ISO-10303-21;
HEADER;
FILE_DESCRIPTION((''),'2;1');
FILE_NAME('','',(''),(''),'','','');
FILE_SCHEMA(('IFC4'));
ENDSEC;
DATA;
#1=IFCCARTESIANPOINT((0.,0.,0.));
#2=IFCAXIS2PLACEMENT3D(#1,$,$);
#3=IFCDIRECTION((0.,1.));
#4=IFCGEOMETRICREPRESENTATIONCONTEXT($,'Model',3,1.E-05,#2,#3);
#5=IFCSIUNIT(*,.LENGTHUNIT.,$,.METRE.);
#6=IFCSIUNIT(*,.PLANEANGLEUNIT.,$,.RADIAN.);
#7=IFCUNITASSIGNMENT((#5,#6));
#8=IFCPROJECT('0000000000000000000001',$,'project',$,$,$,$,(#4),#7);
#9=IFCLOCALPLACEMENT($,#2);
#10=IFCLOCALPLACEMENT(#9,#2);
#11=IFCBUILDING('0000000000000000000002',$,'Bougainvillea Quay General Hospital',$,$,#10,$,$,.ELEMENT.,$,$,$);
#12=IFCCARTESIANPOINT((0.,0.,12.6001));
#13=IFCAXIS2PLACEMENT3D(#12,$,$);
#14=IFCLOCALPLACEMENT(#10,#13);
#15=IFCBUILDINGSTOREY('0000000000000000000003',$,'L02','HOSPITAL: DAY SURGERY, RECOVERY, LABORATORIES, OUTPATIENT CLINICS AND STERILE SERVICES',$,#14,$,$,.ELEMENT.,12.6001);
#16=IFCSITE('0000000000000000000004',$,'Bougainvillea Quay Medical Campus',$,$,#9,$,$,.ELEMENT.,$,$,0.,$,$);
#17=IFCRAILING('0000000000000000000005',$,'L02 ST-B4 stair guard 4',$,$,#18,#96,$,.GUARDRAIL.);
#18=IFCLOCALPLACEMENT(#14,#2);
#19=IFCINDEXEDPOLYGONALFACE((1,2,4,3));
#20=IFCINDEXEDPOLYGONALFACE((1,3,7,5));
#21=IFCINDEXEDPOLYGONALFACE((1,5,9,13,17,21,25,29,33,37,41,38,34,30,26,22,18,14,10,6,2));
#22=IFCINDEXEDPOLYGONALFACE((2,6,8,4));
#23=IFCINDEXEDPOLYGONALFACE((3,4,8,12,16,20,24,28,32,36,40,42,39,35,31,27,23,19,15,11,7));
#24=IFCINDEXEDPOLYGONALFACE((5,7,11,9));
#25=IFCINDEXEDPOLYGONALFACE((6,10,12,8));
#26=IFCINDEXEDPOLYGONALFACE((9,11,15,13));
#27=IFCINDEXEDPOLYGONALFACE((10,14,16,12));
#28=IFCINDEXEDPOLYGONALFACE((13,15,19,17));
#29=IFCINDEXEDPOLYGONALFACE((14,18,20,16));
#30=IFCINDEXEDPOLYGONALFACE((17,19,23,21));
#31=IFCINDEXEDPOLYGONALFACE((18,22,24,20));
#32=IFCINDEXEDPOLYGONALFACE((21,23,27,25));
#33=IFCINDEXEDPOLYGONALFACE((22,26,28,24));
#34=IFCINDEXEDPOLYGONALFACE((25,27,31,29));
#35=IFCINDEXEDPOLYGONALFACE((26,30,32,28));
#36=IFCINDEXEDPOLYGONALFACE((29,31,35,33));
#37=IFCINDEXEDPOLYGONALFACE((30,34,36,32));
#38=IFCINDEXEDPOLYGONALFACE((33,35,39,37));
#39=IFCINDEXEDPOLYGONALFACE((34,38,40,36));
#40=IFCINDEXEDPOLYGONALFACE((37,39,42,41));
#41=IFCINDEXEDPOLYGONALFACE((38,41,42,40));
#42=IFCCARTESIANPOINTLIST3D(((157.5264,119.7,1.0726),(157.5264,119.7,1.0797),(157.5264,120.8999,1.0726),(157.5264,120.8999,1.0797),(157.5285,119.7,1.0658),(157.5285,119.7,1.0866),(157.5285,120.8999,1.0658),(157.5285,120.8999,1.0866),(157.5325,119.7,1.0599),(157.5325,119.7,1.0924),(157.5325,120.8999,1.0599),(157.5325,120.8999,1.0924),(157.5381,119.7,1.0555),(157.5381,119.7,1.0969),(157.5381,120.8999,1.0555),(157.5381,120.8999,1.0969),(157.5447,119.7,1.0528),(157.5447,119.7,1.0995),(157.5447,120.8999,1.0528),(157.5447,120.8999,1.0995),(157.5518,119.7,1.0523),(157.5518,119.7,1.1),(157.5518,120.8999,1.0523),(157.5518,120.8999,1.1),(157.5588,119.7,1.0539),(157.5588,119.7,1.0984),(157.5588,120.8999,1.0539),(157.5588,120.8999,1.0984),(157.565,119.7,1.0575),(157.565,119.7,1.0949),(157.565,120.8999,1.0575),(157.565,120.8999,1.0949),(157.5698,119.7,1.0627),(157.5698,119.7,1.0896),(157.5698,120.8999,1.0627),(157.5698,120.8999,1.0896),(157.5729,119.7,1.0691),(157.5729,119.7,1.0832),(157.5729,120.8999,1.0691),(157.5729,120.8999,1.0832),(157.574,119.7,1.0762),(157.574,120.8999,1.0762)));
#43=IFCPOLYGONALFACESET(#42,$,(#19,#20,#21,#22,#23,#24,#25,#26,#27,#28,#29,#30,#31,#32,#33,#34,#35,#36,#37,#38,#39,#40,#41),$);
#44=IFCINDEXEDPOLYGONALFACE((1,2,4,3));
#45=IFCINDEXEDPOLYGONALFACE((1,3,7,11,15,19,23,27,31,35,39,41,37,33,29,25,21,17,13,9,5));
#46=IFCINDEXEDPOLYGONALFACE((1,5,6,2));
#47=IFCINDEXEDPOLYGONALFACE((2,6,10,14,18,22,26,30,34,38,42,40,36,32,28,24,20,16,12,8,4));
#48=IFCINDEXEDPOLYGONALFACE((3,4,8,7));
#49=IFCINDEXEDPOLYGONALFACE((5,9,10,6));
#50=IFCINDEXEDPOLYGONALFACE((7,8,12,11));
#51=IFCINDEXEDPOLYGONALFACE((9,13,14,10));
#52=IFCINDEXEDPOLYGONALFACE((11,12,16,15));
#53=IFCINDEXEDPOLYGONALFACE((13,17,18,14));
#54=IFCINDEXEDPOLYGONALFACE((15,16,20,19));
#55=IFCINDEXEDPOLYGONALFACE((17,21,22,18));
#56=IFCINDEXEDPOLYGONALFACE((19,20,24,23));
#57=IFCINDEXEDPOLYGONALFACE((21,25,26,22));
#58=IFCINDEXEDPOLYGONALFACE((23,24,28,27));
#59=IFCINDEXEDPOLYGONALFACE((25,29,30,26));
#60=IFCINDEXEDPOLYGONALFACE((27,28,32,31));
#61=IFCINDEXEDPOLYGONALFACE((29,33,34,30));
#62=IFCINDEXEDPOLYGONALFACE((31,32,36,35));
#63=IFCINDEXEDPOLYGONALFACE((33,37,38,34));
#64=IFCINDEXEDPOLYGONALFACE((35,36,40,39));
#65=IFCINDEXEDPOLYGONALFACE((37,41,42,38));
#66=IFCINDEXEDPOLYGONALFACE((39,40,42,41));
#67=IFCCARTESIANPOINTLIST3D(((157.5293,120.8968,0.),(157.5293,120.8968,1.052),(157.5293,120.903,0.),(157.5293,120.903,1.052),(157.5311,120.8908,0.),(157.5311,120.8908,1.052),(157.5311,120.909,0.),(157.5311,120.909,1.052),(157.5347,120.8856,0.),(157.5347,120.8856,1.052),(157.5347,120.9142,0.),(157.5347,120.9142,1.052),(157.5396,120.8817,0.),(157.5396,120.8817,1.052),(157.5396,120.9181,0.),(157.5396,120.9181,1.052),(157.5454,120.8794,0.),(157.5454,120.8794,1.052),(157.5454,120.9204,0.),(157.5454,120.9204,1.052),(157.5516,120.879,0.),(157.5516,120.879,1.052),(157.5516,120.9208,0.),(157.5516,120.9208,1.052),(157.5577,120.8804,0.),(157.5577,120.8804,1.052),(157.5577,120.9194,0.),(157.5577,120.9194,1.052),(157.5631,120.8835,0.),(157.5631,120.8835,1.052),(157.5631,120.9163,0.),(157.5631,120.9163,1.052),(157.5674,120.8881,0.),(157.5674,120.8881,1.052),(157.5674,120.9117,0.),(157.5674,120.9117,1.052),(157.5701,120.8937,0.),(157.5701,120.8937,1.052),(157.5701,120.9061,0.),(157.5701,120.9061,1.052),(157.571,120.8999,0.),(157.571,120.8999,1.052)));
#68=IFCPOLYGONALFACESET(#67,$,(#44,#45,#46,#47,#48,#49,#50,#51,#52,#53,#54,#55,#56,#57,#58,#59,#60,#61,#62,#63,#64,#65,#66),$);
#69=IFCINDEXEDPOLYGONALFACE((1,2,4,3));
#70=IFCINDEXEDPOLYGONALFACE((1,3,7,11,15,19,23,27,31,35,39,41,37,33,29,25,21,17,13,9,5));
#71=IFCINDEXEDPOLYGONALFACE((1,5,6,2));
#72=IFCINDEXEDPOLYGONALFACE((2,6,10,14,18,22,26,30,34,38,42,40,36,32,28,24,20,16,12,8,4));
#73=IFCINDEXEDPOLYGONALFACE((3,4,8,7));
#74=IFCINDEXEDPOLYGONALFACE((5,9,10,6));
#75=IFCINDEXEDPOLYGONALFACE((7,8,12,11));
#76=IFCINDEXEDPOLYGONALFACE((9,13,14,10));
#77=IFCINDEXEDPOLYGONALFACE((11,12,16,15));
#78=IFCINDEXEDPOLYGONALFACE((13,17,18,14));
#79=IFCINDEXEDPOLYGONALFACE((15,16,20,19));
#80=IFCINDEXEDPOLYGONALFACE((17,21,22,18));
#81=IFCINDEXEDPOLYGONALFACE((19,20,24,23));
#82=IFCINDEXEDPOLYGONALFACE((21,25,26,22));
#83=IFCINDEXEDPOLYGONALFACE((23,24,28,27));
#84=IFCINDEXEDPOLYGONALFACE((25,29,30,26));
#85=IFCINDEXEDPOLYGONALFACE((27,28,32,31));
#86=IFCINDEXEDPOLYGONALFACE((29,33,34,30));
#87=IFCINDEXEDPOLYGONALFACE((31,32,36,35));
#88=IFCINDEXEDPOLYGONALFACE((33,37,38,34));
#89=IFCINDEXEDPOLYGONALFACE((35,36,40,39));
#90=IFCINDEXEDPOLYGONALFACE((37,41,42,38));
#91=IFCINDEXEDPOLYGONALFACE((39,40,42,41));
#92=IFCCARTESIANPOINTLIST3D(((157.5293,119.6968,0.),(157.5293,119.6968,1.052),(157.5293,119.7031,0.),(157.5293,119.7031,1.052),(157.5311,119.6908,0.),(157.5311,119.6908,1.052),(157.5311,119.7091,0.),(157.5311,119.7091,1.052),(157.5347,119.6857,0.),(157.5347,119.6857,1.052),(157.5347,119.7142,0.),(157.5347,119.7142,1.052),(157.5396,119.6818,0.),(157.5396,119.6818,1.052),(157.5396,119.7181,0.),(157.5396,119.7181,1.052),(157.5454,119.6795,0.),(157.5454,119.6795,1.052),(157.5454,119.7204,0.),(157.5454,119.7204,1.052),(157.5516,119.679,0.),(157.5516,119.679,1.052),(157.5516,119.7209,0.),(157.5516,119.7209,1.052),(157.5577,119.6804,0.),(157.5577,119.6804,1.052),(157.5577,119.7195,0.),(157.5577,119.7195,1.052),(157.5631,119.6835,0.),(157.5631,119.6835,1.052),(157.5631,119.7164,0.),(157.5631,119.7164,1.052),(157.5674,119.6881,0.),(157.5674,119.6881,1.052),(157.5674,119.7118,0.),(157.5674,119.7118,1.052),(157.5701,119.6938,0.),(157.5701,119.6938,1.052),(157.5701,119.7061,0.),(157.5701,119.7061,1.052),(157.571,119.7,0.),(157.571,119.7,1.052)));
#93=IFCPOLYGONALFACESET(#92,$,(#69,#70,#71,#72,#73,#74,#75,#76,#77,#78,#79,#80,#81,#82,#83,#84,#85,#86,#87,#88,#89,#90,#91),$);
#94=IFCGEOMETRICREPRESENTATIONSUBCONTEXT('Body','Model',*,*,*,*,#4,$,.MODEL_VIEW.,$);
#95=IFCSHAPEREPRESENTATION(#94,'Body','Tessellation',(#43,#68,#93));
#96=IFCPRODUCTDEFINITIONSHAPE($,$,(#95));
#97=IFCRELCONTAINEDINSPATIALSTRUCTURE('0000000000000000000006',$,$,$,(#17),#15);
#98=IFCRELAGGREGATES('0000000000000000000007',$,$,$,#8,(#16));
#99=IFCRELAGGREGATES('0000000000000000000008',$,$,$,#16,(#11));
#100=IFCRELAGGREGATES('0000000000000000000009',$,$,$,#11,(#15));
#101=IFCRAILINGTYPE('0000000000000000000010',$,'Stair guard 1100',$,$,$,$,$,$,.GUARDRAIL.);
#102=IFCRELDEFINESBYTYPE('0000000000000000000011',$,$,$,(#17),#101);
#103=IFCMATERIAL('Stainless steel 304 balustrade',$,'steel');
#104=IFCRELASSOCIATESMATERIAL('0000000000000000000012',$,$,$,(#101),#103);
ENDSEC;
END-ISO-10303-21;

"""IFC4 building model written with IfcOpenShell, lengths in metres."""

from ifc_helpers import new_model, si_unit, direction, frame, origin, origin_2d, place, context, subcontext, project, spatial, circle, extrude, material, type_object, element, save


model = new_model("IFC4")

# Units and contexts
model_context = context("Model", 3, precision=1e-05, world=origin(), true_north=direction((0.0, 1.0)))
body_context = subcontext(model_context, "Body", "Model", "MODEL_VIEW")
ifc_project = project(units=[si_unit("LENGTHUNIT", "METRE"), si_unit("PLANEANGLEUNIT", "RADIAN")], contexts=[model_context])

# Site, building, storey
site_placement = place(None, origin())
site = spatial("IfcSite", under=ifc_project, at=site_placement, Name="Bougainvillea Quay Medical Campus", CompositionType="ELEMENT", RefElevation=0.0)
building_placement = place(site_placement, origin())
building = spatial("IfcBuilding", under=site, at=building_placement, Name="Bougainvillea Quay General Hospital", CompositionType="ELEMENT")
storey_placement = place(building_placement, frame((0.0, 0.0, 12.6001)))
storey = spatial("IfcBuildingStorey", under=building, at=storey_placement, Name="L02", Description="HOSPITAL: DAY SURGERY, RECOVERY, LABORATORIES, OUTPATIENT CLINICS AND STERILE SERVICES", CompositionType="ELEMENT", Elevation=12.6001)

# Railing
ifc_material_1 = material(Name="Stainless steel 304 balustrade", Category="steel")
railing_type_1 = type_object("IfcRailingType", Name="Stair guard 1100", PredefinedType="GUARDRAIL", material=ifc_material_1)
railing_1_placement = place(storey_placement, frame((157.55, 120.8999, 0.0)))
element("IfcRailing", 1, at=railing_1_placement, inside=storey, type_object=railing_type_1, Name="L02 ST-B4 stair guard 4", PredefinedType="GUARDRAIL", context=body_context, shape_type="SweptSolid", body=[
    extrude(circle(Radius=0.0239, at=origin_2d()), frame((0.0, 0.0, 1.0762), z_axis=(0.0, -1.0, 0.0), x_axis=(1.0, 0.0, 0.0)), (0.0, 0.0, 1.0), 1.2),
    extrude(circle(Radius=0.021, at=origin_2d()), origin(), (0.0, 0.0, 1.0), 1.052),
    extrude(circle(Radius=0.021, at=origin_2d()), frame((0.0, -1.2, 0.0)), (0.0, 0.0, 1.0), 1.052),
])

save(model, "model.ifc")
